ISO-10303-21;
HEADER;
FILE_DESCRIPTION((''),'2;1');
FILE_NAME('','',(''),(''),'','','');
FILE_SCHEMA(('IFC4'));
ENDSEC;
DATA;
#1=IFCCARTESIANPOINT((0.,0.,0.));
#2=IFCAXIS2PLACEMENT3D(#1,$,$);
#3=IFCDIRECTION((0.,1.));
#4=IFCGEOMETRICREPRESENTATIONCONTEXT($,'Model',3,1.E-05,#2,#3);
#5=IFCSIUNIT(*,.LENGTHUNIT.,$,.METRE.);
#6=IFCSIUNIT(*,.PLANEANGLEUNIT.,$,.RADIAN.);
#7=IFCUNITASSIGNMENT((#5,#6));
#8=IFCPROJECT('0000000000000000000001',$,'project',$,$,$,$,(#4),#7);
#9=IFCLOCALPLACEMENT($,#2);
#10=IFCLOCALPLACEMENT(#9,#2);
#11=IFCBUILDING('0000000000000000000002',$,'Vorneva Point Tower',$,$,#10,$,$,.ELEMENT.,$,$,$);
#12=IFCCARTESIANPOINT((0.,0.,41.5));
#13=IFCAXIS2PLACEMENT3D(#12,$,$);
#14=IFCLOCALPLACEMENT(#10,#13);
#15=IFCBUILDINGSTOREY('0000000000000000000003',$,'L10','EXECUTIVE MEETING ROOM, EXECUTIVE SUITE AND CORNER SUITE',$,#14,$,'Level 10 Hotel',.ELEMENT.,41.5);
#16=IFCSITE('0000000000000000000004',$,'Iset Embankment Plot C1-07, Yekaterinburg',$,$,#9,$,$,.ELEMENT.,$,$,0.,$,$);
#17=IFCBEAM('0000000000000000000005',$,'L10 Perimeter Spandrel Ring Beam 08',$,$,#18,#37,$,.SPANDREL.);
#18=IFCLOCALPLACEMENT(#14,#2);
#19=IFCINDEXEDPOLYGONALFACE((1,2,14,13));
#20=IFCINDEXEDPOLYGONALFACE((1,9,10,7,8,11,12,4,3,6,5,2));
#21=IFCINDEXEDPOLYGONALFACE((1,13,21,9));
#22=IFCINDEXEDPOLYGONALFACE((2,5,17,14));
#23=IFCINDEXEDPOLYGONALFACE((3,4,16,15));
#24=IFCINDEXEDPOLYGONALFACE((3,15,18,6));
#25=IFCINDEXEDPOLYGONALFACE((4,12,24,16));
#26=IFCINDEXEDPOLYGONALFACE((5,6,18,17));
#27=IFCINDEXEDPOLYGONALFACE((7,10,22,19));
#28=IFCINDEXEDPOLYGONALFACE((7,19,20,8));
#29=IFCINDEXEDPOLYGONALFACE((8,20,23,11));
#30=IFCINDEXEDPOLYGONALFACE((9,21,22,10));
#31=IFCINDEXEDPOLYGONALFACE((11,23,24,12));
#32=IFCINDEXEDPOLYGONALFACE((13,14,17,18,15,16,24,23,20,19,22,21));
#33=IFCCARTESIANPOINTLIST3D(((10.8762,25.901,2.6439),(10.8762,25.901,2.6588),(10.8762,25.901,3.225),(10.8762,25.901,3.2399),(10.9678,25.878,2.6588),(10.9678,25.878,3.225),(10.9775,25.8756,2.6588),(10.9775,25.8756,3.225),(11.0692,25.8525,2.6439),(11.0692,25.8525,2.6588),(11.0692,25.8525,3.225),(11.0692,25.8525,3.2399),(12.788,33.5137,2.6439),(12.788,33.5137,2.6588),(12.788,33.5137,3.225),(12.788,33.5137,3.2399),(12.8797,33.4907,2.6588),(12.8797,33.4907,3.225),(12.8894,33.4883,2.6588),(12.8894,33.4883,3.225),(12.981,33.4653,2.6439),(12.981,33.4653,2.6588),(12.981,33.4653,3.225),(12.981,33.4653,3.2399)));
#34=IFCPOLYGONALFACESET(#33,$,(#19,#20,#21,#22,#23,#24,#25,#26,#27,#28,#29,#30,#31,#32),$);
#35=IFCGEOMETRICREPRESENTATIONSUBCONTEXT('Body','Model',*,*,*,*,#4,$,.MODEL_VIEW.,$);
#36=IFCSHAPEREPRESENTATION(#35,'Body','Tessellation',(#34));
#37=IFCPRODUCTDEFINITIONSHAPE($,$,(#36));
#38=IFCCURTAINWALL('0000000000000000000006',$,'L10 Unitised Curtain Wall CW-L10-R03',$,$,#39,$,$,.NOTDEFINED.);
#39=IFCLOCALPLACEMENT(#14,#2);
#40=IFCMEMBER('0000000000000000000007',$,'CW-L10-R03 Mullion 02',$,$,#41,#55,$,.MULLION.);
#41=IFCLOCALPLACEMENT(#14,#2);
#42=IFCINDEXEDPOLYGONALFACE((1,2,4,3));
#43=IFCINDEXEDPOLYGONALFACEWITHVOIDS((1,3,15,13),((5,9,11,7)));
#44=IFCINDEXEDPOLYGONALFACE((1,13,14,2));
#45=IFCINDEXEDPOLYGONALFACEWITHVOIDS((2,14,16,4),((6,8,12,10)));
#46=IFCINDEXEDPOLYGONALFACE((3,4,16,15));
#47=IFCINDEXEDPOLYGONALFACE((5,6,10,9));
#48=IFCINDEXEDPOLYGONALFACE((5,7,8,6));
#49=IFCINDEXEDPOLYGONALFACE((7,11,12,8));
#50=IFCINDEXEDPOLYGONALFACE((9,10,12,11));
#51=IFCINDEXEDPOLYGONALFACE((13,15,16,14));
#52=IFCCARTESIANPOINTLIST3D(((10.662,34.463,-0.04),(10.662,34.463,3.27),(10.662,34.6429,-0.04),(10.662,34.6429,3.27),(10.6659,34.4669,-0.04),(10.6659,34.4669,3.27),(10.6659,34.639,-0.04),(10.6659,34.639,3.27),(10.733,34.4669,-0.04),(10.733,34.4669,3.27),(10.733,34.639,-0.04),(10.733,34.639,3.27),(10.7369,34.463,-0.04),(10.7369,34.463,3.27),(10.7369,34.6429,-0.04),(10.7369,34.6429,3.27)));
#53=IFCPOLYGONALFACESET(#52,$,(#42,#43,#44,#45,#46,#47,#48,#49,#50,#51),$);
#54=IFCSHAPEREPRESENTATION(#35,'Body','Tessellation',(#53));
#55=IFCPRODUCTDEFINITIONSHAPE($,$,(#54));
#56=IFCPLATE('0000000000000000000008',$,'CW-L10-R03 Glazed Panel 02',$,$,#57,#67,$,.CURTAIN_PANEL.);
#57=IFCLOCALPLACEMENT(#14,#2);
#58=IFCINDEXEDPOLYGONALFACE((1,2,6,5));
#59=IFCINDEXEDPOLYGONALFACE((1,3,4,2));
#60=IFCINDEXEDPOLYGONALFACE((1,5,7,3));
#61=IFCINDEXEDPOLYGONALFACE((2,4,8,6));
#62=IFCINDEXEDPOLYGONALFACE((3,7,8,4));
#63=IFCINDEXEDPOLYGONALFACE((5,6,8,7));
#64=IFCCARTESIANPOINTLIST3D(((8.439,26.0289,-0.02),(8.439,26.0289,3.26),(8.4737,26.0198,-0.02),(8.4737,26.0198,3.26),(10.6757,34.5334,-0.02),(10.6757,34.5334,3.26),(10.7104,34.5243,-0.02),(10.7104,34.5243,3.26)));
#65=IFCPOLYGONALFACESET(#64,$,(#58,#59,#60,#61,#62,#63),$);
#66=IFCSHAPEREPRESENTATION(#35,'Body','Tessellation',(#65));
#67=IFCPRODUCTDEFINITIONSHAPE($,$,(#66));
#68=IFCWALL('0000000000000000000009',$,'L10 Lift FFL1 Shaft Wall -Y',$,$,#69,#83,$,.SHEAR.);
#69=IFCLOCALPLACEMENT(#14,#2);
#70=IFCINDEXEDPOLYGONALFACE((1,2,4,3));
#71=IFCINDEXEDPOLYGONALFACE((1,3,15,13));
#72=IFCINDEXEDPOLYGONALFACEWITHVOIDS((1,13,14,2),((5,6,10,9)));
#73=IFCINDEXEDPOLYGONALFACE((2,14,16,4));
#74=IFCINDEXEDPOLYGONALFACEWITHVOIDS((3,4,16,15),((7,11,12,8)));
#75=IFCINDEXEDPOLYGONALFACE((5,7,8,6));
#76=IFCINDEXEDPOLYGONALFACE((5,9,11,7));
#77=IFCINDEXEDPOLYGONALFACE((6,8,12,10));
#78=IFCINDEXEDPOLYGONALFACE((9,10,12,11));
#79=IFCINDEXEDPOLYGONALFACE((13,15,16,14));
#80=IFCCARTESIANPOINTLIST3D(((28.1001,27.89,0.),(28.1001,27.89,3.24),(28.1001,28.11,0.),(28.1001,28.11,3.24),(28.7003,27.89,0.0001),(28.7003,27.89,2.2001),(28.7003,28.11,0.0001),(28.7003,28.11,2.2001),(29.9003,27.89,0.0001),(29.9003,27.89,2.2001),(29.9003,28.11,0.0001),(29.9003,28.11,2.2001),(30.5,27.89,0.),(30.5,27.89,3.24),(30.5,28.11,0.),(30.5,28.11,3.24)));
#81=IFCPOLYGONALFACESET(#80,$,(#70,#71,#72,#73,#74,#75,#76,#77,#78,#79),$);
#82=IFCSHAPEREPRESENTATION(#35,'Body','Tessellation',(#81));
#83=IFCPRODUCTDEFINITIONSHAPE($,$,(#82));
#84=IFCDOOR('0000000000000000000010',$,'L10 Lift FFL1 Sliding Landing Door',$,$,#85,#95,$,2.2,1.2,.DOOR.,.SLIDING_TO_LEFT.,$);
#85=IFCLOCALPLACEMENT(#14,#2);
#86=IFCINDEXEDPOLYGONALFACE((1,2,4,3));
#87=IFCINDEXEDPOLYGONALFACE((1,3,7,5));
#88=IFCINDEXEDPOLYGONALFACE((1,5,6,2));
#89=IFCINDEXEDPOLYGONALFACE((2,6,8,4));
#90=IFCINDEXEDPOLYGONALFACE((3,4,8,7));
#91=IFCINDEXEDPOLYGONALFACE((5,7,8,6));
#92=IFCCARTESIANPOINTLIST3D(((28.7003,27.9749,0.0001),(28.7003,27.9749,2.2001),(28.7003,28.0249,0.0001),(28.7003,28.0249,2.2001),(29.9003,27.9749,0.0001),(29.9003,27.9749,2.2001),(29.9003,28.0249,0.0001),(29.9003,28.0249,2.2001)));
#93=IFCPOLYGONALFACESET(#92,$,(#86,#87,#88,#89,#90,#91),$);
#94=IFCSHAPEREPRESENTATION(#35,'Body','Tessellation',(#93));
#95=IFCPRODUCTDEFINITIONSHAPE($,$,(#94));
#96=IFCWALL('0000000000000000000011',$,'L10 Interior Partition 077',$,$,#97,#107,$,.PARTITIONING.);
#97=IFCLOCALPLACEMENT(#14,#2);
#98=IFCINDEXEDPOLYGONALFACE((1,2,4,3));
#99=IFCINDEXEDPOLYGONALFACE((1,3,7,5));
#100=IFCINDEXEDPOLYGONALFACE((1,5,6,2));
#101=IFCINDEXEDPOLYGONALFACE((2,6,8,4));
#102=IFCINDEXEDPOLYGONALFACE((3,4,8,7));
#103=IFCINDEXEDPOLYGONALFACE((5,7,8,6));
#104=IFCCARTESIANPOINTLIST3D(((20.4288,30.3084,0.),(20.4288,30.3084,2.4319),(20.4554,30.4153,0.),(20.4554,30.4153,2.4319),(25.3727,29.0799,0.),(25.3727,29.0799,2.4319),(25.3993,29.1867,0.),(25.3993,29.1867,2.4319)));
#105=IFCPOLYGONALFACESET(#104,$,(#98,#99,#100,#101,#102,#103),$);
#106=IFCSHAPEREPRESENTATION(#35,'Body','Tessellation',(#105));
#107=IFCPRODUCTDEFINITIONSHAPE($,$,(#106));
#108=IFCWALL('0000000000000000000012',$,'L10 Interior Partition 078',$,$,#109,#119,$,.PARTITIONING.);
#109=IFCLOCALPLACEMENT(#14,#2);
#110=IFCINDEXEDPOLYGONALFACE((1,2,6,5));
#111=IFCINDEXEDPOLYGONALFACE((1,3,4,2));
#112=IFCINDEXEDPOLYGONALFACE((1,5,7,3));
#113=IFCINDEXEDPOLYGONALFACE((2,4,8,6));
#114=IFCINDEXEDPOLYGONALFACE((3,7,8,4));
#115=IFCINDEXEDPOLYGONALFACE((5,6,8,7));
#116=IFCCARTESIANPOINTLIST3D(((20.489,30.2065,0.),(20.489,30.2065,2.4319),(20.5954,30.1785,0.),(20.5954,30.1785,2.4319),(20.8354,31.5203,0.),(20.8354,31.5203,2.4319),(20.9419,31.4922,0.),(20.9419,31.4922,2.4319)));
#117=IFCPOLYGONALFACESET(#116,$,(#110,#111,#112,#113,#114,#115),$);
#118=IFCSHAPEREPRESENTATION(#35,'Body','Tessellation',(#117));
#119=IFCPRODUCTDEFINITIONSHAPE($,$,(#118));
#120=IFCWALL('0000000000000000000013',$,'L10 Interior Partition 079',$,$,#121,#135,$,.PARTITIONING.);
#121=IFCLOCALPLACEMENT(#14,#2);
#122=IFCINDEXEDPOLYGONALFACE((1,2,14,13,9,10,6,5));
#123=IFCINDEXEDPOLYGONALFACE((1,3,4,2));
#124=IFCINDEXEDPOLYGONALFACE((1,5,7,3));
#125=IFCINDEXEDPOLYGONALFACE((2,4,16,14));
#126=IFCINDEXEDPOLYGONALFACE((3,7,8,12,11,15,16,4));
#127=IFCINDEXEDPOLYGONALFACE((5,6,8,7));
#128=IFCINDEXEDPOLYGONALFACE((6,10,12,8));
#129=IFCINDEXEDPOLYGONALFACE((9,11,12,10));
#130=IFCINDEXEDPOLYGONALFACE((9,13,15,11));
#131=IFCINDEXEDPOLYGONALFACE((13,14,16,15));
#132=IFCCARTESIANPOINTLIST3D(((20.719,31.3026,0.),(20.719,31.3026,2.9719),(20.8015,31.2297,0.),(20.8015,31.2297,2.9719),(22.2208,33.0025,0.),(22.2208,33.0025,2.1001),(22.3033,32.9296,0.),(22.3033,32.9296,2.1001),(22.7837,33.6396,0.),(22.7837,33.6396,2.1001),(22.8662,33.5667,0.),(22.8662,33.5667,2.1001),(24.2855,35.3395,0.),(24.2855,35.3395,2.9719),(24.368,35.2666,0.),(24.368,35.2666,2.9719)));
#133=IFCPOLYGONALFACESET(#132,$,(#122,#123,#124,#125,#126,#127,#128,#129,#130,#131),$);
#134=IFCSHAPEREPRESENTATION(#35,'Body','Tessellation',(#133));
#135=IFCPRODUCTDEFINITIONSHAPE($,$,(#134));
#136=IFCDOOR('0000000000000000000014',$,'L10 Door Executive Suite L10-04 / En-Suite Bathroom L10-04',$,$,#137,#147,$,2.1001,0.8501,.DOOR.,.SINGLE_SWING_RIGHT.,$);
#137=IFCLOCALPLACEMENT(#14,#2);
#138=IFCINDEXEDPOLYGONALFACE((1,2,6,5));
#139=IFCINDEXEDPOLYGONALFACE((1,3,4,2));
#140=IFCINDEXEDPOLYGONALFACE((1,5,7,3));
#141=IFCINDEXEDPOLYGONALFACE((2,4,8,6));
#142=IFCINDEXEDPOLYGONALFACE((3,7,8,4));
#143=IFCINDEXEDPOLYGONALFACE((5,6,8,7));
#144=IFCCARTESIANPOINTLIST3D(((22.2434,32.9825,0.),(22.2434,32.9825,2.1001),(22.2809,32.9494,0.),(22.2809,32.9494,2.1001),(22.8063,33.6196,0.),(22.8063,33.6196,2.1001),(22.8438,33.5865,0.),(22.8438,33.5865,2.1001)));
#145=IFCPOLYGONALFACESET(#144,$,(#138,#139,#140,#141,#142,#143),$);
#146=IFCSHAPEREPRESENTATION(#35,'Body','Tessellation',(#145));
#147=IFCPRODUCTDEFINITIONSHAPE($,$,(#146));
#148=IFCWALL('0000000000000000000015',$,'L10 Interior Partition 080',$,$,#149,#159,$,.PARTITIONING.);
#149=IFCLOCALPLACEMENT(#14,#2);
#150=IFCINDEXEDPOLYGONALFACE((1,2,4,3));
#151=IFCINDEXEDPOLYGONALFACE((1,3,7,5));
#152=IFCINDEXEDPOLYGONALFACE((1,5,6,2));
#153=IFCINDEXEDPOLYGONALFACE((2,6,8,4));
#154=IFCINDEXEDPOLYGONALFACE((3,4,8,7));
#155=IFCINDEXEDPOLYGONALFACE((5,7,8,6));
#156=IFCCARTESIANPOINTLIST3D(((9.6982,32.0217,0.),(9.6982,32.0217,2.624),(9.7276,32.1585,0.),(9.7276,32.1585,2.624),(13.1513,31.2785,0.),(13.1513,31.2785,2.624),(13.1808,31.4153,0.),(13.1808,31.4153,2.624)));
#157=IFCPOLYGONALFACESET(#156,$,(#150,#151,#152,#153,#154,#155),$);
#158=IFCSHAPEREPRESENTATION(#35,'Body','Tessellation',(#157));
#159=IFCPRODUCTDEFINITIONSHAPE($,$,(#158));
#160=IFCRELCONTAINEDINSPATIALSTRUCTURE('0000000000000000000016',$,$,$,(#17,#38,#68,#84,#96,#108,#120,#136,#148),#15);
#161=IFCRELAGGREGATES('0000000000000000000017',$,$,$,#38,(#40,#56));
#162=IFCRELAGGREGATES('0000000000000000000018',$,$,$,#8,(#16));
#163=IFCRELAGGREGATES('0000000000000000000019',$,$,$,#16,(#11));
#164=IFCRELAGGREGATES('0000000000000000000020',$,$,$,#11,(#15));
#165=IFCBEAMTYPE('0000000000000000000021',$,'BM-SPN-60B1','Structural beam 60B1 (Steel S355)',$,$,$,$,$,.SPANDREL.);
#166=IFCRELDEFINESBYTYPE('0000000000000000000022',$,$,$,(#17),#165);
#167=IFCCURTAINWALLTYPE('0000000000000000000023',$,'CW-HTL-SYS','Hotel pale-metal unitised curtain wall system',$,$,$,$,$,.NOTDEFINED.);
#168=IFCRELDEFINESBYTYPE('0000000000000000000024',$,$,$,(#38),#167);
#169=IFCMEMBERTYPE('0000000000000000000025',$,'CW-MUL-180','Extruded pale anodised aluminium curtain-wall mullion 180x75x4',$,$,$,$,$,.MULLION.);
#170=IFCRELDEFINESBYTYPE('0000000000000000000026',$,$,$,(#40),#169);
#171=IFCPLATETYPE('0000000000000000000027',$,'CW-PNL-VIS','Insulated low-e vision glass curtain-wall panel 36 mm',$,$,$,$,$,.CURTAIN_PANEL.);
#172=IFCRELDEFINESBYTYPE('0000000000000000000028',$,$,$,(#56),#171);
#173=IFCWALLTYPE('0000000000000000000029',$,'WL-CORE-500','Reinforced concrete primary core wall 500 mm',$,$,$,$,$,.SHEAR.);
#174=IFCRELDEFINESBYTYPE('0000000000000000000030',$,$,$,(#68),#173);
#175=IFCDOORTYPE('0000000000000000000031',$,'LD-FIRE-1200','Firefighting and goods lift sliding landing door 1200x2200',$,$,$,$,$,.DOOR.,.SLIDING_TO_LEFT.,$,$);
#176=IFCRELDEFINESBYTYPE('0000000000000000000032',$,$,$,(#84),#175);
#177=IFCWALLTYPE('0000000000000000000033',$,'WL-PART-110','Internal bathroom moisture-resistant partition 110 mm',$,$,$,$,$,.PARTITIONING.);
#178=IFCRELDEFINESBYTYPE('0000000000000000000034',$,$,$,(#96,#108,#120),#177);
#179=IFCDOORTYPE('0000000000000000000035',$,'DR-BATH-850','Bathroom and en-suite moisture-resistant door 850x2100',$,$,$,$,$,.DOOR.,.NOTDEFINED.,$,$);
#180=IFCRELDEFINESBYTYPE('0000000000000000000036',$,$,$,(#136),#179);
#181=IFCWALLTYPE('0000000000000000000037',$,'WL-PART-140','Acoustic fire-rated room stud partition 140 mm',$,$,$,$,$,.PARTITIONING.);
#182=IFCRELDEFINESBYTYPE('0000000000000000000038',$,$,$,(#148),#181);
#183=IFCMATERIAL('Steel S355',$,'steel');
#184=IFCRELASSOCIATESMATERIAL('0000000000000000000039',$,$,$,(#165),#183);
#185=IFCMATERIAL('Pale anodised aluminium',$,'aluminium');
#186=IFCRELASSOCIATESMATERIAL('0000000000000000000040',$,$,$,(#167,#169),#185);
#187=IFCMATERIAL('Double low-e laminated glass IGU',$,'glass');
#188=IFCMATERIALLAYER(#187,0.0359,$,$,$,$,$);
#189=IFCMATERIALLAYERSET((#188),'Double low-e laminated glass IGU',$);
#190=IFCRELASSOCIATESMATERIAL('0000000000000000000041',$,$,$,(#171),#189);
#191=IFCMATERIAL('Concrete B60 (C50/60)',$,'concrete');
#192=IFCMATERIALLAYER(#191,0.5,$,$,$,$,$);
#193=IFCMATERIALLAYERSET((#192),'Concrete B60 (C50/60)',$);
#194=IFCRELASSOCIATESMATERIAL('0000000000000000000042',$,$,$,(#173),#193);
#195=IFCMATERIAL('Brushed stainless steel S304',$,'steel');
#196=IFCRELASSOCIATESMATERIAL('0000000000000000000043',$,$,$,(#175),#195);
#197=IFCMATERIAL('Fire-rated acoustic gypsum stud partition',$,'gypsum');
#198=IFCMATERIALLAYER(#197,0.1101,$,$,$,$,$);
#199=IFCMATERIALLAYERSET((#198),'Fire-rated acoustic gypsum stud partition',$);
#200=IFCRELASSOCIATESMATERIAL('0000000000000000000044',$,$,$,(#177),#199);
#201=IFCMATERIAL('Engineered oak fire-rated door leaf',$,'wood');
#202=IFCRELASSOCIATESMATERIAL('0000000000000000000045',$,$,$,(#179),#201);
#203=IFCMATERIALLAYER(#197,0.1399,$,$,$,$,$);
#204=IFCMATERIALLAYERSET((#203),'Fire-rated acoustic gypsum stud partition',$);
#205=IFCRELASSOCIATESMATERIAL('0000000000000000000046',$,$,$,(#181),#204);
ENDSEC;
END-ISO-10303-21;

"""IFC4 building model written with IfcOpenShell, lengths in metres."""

from ifc_helpers import new_model, si_unit, direction, frame, frame_2d, origin, origin_2d, place, context, subcontext, project, spatial, rectangle, hollow_rectangle, i_section, extrude, material, layer, layer_set, material_profile, profile_set, type_object, element, fill, aggregate, save


model = new_model("IFC4")

# Units and contexts
model_context = context("Model", 3, precision=1e-05, world=origin(), true_north=direction((0.0, 1.0)))
body_context = subcontext(model_context, "Body", "Model", "MODEL_VIEW")
ifc_project = project(units=[si_unit("LENGTHUNIT", "METRE"), si_unit("PLANEANGLEUNIT", "RADIAN")], contexts=[model_context])

# Site, building, storey
site_placement = place(None, origin())
site = spatial("IfcSite", under=ifc_project, at=site_placement, Name="Iset Embankment Plot C1-07, Yekaterinburg", CompositionType="ELEMENT", RefElevation=0.0)
building_placement = place(site_placement, origin())
building = spatial("IfcBuilding", under=site, at=building_placement, Name="Vorneva Point Tower", CompositionType="ELEMENT")
storey_placement = place(building_placement, frame((0.0, 0.0, 41.5)))
storey = spatial("IfcBuildingStorey", under=building, at=storey_placement, Name="L10", Description="EXECUTIVE MEETING ROOM, EXECUTIVE SUITE AND CORNER SUITE", LongName="Level 10 Hotel", CompositionType="ELEMENT", Elevation=41.5)

# Shared definitions
ifc_material_1 = material(Name="Concrete B60 (C50/60)", Category="concrete")

# Beam
ifc_material_2 = material(Name="Steel S355", Category="steel")
ifc_material_profile_1 = material_profile(ifc_material_2, i_section(OverallWidth=0.199, OverallDepth=0.5959, WebThickness=0.01, FlangeThickness=0.0149, at=origin_2d()), Name="60B1")
ifc_profile_set_1 = profile_set([ifc_material_profile_1], Name="Steel S355")
beam_type_1 = type_object("IfcBeamType", Name="BM-SPN-60B1", Description="Structural beam 60B1 (Steel S355)", PredefinedType="SPANDREL", material=ifc_profile_set_1)
beam_1_placement = place(storey_placement, frame((12.8845, 33.4895, 2.9419), z_axis=(-0.243575, -0.969882, 0.0), x_axis=(0.969882, -0.243575, 0.0)))
element("IfcBeam", 1, at=beam_1_placement, inside=storey, type_object=beam_type_1, Name="L10 Perimeter Spandrel Ring Beam 08", PredefinedType="SPANDREL", context=body_context, shape_type="SweptSolid", body=[
    extrude(i_section(OverallWidth=0.199, OverallDepth=0.5959, WebThickness=0.01, FlangeThickness=0.0149, at=origin_2d()), origin(), (0.0, 0.0, 1.0), 7.8491),
])

# Curtain wall, member, plate
ifc_material_3 = material(Name="Pale anodised aluminium", Category="aluminium")
curtain_wall_type = type_object("IfcCurtainWallType", Name="CW-HTL-SYS", Description="Hotel pale-metal unitised curtain wall system", PredefinedType="NOTDEFINED", material=ifc_material_3)
curtain_wall_placement = place(storey_placement, origin())
curtain_wall = element("IfcCurtainWall", 2, at=curtain_wall_placement, inside=storey, type_object=curtain_wall_type, Name="L10 Unitised Curtain Wall CW-L10-R03", PredefinedType="NOTDEFINED")
ifc_material_profile_2 = material_profile(ifc_material_3, hollow_rectangle(XDim=0.075, YDim=0.1799, WallThickness=0.0039, at=origin_2d()), Name="AL-MUL 180x75x4")
ifc_profile_set_2 = profile_set([ifc_material_profile_2], Name="Pale anodised aluminium")
member_type = type_object("IfcMemberType", Name="CW-MUL-180", Description="Extruded pale anodised aluminium curtain-wall mullion 180x75x4", PredefinedType="MULLION", material=ifc_profile_set_2)
member_placement = place(storey_placement, frame((10.6995, 34.553, -0.04), z_axis=(0.0, 0.0, 1.0), x_axis=(1.0, 0.0, 0.0)))
member = element("IfcMember", 3, at=member_placement, type_object=member_type, Name="CW-L10-R03 Mullion 02", PredefinedType="MULLION", context=body_context, shape_type="SweptSolid", body=[
    extrude(hollow_rectangle(XDim=0.075, YDim=0.1799, WallThickness=0.0039, at=origin_2d()), origin(), (0.0, 0.0, 1.0), 3.3101),
])
ifc_material_4 = material(Name="Double low-e laminated glass IGU", Category="glass")
ifc_layer_1 = layer(ifc_material_4, 0.0359)
ifc_layer_set_1 = layer_set([ifc_layer_1], Name="Double low-e laminated glass IGU")
plate_type = type_object("IfcPlateType", Name="CW-PNL-VIS", Description="Insulated low-e vision glass curtain-wall panel 36 mm", PredefinedType="CURTAIN_PANEL", material=ifc_layer_set_1)
plate_placement = place(storey_placement, frame((9.5747, 30.2766, -0.02), z_axis=(0.0, 0.0, 1.0), x_axis=(-0.254349, -0.967113, 0.0)))
plate = element("IfcPlate", 4, at=plate_placement, type_object=plate_type, Name="CW-L10-R03 Glazed Panel 02", PredefinedType="CURTAIN_PANEL", context=body_context, shape_type="SweptSolid", body=[
    extrude(rectangle(XDim=8.7937, YDim=0.0359, at=origin_2d()), origin(), (0.0, 0.0, 1.0), 3.28),
])
aggregate(curtain_wall, [member, plate])

# Wall, opening, door
ifc_layer_2 = layer(ifc_material_1, 0.5)
ifc_layer_set_2 = layer_set([ifc_layer_2], Name="Concrete B60 (C50/60)")
wall_type_1 = type_object("IfcWallType", Name="WL-CORE-500", Description="Reinforced concrete primary core wall 500 mm", PredefinedType="SHEAR", material=ifc_layer_set_2)
wall_1_placement = place(storey_placement, frame((28.1001, 28.0, 0.0), z_axis=(0.0, 0.0, 1.0), x_axis=(1.0, 0.0, 0.0)))
wall_1 = element("IfcWall", 5, at=wall_1_placement, inside=storey, type_object=wall_type_1, Name="L10 Lift FFL1 Shaft Wall -Y", PredefinedType="SHEAR", context=body_context, shape_type="SweptSolid", body=[
    extrude(rectangle(XDim=2.3999, YDim=0.22, at=frame_2d((1.2, 0.0))), origin(), (0.0, 0.0, 1.0), 3.24),
])
opening_1_placement = place(wall_1_placement, frame((0.6001, 0.0, 0.0)))
opening_1 = element("IfcOpeningElement", 6, at=opening_1_placement, cuts=wall_1, PredefinedType="OPENING", context=body_context, shape_type="SweptSolid", body=[
    extrude(rectangle(XDim=1.2, YDim=2.2, at=frame_2d((0.6001, 1.1001))), frame((0.0, 0.125, 0.0), z_axis=(0.0, -1.0, 0.0), x_axis=(1.0, 0.0, 0.0)), (0.0, 0.0, 1.0), 0.2498),
])
ifc_material_5 = material(Name="Brushed stainless steel S304", Category="steel")
door_type_1 = type_object("IfcDoorType", Name="LD-FIRE-1200", Description="Firefighting and goods lift sliding landing door 1200x2200", OperationType="SLIDING_TO_LEFT", PredefinedType="DOOR", material=ifc_material_5)
door_1_placement = place(opening_1_placement, origin())
door_1 = element("IfcDoor", 7, at=door_1_placement, inside=storey, type_object=door_type_1, Name="L10 Lift FFL1 Sliding Landing Door", OperationType="SLIDING_TO_LEFT", OverallHeight=2.2, OverallWidth=1.2, PredefinedType="DOOR", context=body_context, shape_type="SweptSolid", body=[
    extrude(rectangle(XDim=1.2, YDim=2.2, at=frame_2d((0.6001, 1.1001))), frame((0.0, 0.0249, 0.0), z_axis=(0.0, -1.0, 0.0), x_axis=(1.0, 0.0, 0.0)), (0.0, 0.0, 1.0), 0.05),
])
fill(opening_1, door_1)

# Walls
ifc_material_6 = material(Name="Fire-rated acoustic gypsum stud partition", Category="gypsum")
ifc_layer_3 = layer(ifc_material_6, 0.1101)
ifc_layer_set_3 = layer_set([ifc_layer_3], Name="Fire-rated acoustic gypsum stud partition")
wall_type_2 = type_object("IfcWallType", Name="WL-PART-110", Description="Internal bathroom moisture-resistant partition 110 mm", PredefinedType="PARTITIONING", material=ifc_layer_set_3)
wall_2_placement = place(storey_placement, frame((25.386, 29.1333, 0.0), z_axis=(0.0, 0.0, 1.0), x_axis=(-0.970485, 0.24116, 0.0)))
element("IfcWall", 8, at=wall_2_placement, inside=storey, type_object=wall_type_2, Name="L10 Interior Partition 077", PredefinedType="PARTITIONING", context=body_context, shape_type="SweptSolid", body=[
    extrude(rectangle(XDim=5.0942, YDim=0.1101, at=frame_2d((2.5471, 0.0))), origin(), (0.0, 0.0, 1.0), 2.4319),
])
wall_3_placement = place(storey_placement, frame((20.5422, 30.1926, 0.0), z_axis=(0.0, 0.0, 1.0), x_axis=(0.254989, 0.966944, 0.0)))
element("IfcWall", 9, at=wall_3_placement, inside=storey, type_object=wall_type_2, Name="L10 Interior Partition 078", PredefinedType="PARTITIONING", context=body_context, shape_type="SweptSolid", body=[
    extrude(rectangle(XDim=1.3586, YDim=0.1101, at=frame_2d((0.6792, 0.0))), origin(), (0.0, 0.0, 1.0), 2.4319),
])

# Wall, opening, door
wall_4_placement = place(storey_placement, frame((20.7603, 31.2661, 0.0), z_axis=(0.0, 0.0, 1.0), x_axis=(0.662088, 0.749426, 0.0)))
wall_4 = element("IfcWall", 10, at=wall_4_placement, inside=storey, type_object=wall_type_2, Name="L10 Interior Partition 079", PredefinedType="PARTITIONING", context=body_context, shape_type="SweptSolid", body=[
    extrude(rectangle(XDim=5.3867, YDim=0.1101, at=frame_2d((2.6934, 0.0))), origin(), (0.0, 0.0, 1.0), 2.9719),
])
opening_2_placement = place(wall_4_placement, frame((2.2683, 0.0, 0.0)))
opening_2 = element("IfcOpeningElement", 11, at=opening_2_placement, cuts=wall_4, PredefinedType="OPENING", context=body_context, shape_type="SweptSolid", body=[
    extrude(rectangle(XDim=0.8501, YDim=2.1001, at=frame_2d((0.425, 1.05))), frame((0.0, 0.0698, 0.0), z_axis=(0.0, -1.0, 0.0), x_axis=(1.0, 0.0, 0.0)), (0.0, 0.0, 1.0), 0.1399),
])
ifc_material_7 = material(Name="Engineered oak fire-rated door leaf", Category="wood")
door_type_2 = type_object("IfcDoorType", Name="DR-BATH-850", Description="Bathroom and en-suite moisture-resistant door 850x2100", OperationType="NOTDEFINED", PredefinedType="DOOR", material=ifc_material_7)
door_2_placement = place(opening_2_placement, origin())
door_2 = element("IfcDoor", 12, at=door_2_placement, inside=storey, type_object=door_type_2, Name="L10 Door Executive Suite L10-04 / En-Suite Bathroom L10-04", OperationType="SINGLE_SWING_RIGHT", OverallHeight=2.1001, OverallWidth=0.8501, PredefinedType="DOOR", context=body_context, shape_type="SweptSolid", body=[
    extrude(rectangle(XDim=0.8501, YDim=2.1001, at=frame_2d((0.425, 1.05))), frame((0.0, 0.0249, 0.0), z_axis=(0.0, -1.0, 0.0), x_axis=(1.0, 0.0, 0.0)), (0.0, 0.0, 1.0), 0.05),
])
fill(opening_2, door_2)

# Wall
ifc_layer_4 = layer(ifc_material_6, 0.1399)
ifc_layer_set_4 = layer_set([ifc_layer_4], Name="Fire-rated acoustic gypsum stud partition")
wall_type_3 = type_object("IfcWallType", Name="WL-PART-140", Description="Acoustic fire-rated room stud partition 140 mm", PredefinedType="PARTITIONING", material=ifc_layer_set_4)
wall_5_placement = place(storey_placement, frame((9.7129, 32.0901, 0.0), z_axis=(0.0, 0.0, 1.0), x_axis=(0.977616, -0.210398, 0.0)))
element("IfcWall", 13, at=wall_5_placement, inside=storey, type_object=wall_type_3, Name="L10 Interior Partition 080", PredefinedType="PARTITIONING", context=body_context, shape_type="SweptSolid", body=[
    extrude(rectangle(XDim=3.5322, YDim=0.1399, at=frame_2d((1.7661, 0.0))), origin(), (0.0, 0.0, 1.0), 2.624),
])

save(model, "model.ifc")
